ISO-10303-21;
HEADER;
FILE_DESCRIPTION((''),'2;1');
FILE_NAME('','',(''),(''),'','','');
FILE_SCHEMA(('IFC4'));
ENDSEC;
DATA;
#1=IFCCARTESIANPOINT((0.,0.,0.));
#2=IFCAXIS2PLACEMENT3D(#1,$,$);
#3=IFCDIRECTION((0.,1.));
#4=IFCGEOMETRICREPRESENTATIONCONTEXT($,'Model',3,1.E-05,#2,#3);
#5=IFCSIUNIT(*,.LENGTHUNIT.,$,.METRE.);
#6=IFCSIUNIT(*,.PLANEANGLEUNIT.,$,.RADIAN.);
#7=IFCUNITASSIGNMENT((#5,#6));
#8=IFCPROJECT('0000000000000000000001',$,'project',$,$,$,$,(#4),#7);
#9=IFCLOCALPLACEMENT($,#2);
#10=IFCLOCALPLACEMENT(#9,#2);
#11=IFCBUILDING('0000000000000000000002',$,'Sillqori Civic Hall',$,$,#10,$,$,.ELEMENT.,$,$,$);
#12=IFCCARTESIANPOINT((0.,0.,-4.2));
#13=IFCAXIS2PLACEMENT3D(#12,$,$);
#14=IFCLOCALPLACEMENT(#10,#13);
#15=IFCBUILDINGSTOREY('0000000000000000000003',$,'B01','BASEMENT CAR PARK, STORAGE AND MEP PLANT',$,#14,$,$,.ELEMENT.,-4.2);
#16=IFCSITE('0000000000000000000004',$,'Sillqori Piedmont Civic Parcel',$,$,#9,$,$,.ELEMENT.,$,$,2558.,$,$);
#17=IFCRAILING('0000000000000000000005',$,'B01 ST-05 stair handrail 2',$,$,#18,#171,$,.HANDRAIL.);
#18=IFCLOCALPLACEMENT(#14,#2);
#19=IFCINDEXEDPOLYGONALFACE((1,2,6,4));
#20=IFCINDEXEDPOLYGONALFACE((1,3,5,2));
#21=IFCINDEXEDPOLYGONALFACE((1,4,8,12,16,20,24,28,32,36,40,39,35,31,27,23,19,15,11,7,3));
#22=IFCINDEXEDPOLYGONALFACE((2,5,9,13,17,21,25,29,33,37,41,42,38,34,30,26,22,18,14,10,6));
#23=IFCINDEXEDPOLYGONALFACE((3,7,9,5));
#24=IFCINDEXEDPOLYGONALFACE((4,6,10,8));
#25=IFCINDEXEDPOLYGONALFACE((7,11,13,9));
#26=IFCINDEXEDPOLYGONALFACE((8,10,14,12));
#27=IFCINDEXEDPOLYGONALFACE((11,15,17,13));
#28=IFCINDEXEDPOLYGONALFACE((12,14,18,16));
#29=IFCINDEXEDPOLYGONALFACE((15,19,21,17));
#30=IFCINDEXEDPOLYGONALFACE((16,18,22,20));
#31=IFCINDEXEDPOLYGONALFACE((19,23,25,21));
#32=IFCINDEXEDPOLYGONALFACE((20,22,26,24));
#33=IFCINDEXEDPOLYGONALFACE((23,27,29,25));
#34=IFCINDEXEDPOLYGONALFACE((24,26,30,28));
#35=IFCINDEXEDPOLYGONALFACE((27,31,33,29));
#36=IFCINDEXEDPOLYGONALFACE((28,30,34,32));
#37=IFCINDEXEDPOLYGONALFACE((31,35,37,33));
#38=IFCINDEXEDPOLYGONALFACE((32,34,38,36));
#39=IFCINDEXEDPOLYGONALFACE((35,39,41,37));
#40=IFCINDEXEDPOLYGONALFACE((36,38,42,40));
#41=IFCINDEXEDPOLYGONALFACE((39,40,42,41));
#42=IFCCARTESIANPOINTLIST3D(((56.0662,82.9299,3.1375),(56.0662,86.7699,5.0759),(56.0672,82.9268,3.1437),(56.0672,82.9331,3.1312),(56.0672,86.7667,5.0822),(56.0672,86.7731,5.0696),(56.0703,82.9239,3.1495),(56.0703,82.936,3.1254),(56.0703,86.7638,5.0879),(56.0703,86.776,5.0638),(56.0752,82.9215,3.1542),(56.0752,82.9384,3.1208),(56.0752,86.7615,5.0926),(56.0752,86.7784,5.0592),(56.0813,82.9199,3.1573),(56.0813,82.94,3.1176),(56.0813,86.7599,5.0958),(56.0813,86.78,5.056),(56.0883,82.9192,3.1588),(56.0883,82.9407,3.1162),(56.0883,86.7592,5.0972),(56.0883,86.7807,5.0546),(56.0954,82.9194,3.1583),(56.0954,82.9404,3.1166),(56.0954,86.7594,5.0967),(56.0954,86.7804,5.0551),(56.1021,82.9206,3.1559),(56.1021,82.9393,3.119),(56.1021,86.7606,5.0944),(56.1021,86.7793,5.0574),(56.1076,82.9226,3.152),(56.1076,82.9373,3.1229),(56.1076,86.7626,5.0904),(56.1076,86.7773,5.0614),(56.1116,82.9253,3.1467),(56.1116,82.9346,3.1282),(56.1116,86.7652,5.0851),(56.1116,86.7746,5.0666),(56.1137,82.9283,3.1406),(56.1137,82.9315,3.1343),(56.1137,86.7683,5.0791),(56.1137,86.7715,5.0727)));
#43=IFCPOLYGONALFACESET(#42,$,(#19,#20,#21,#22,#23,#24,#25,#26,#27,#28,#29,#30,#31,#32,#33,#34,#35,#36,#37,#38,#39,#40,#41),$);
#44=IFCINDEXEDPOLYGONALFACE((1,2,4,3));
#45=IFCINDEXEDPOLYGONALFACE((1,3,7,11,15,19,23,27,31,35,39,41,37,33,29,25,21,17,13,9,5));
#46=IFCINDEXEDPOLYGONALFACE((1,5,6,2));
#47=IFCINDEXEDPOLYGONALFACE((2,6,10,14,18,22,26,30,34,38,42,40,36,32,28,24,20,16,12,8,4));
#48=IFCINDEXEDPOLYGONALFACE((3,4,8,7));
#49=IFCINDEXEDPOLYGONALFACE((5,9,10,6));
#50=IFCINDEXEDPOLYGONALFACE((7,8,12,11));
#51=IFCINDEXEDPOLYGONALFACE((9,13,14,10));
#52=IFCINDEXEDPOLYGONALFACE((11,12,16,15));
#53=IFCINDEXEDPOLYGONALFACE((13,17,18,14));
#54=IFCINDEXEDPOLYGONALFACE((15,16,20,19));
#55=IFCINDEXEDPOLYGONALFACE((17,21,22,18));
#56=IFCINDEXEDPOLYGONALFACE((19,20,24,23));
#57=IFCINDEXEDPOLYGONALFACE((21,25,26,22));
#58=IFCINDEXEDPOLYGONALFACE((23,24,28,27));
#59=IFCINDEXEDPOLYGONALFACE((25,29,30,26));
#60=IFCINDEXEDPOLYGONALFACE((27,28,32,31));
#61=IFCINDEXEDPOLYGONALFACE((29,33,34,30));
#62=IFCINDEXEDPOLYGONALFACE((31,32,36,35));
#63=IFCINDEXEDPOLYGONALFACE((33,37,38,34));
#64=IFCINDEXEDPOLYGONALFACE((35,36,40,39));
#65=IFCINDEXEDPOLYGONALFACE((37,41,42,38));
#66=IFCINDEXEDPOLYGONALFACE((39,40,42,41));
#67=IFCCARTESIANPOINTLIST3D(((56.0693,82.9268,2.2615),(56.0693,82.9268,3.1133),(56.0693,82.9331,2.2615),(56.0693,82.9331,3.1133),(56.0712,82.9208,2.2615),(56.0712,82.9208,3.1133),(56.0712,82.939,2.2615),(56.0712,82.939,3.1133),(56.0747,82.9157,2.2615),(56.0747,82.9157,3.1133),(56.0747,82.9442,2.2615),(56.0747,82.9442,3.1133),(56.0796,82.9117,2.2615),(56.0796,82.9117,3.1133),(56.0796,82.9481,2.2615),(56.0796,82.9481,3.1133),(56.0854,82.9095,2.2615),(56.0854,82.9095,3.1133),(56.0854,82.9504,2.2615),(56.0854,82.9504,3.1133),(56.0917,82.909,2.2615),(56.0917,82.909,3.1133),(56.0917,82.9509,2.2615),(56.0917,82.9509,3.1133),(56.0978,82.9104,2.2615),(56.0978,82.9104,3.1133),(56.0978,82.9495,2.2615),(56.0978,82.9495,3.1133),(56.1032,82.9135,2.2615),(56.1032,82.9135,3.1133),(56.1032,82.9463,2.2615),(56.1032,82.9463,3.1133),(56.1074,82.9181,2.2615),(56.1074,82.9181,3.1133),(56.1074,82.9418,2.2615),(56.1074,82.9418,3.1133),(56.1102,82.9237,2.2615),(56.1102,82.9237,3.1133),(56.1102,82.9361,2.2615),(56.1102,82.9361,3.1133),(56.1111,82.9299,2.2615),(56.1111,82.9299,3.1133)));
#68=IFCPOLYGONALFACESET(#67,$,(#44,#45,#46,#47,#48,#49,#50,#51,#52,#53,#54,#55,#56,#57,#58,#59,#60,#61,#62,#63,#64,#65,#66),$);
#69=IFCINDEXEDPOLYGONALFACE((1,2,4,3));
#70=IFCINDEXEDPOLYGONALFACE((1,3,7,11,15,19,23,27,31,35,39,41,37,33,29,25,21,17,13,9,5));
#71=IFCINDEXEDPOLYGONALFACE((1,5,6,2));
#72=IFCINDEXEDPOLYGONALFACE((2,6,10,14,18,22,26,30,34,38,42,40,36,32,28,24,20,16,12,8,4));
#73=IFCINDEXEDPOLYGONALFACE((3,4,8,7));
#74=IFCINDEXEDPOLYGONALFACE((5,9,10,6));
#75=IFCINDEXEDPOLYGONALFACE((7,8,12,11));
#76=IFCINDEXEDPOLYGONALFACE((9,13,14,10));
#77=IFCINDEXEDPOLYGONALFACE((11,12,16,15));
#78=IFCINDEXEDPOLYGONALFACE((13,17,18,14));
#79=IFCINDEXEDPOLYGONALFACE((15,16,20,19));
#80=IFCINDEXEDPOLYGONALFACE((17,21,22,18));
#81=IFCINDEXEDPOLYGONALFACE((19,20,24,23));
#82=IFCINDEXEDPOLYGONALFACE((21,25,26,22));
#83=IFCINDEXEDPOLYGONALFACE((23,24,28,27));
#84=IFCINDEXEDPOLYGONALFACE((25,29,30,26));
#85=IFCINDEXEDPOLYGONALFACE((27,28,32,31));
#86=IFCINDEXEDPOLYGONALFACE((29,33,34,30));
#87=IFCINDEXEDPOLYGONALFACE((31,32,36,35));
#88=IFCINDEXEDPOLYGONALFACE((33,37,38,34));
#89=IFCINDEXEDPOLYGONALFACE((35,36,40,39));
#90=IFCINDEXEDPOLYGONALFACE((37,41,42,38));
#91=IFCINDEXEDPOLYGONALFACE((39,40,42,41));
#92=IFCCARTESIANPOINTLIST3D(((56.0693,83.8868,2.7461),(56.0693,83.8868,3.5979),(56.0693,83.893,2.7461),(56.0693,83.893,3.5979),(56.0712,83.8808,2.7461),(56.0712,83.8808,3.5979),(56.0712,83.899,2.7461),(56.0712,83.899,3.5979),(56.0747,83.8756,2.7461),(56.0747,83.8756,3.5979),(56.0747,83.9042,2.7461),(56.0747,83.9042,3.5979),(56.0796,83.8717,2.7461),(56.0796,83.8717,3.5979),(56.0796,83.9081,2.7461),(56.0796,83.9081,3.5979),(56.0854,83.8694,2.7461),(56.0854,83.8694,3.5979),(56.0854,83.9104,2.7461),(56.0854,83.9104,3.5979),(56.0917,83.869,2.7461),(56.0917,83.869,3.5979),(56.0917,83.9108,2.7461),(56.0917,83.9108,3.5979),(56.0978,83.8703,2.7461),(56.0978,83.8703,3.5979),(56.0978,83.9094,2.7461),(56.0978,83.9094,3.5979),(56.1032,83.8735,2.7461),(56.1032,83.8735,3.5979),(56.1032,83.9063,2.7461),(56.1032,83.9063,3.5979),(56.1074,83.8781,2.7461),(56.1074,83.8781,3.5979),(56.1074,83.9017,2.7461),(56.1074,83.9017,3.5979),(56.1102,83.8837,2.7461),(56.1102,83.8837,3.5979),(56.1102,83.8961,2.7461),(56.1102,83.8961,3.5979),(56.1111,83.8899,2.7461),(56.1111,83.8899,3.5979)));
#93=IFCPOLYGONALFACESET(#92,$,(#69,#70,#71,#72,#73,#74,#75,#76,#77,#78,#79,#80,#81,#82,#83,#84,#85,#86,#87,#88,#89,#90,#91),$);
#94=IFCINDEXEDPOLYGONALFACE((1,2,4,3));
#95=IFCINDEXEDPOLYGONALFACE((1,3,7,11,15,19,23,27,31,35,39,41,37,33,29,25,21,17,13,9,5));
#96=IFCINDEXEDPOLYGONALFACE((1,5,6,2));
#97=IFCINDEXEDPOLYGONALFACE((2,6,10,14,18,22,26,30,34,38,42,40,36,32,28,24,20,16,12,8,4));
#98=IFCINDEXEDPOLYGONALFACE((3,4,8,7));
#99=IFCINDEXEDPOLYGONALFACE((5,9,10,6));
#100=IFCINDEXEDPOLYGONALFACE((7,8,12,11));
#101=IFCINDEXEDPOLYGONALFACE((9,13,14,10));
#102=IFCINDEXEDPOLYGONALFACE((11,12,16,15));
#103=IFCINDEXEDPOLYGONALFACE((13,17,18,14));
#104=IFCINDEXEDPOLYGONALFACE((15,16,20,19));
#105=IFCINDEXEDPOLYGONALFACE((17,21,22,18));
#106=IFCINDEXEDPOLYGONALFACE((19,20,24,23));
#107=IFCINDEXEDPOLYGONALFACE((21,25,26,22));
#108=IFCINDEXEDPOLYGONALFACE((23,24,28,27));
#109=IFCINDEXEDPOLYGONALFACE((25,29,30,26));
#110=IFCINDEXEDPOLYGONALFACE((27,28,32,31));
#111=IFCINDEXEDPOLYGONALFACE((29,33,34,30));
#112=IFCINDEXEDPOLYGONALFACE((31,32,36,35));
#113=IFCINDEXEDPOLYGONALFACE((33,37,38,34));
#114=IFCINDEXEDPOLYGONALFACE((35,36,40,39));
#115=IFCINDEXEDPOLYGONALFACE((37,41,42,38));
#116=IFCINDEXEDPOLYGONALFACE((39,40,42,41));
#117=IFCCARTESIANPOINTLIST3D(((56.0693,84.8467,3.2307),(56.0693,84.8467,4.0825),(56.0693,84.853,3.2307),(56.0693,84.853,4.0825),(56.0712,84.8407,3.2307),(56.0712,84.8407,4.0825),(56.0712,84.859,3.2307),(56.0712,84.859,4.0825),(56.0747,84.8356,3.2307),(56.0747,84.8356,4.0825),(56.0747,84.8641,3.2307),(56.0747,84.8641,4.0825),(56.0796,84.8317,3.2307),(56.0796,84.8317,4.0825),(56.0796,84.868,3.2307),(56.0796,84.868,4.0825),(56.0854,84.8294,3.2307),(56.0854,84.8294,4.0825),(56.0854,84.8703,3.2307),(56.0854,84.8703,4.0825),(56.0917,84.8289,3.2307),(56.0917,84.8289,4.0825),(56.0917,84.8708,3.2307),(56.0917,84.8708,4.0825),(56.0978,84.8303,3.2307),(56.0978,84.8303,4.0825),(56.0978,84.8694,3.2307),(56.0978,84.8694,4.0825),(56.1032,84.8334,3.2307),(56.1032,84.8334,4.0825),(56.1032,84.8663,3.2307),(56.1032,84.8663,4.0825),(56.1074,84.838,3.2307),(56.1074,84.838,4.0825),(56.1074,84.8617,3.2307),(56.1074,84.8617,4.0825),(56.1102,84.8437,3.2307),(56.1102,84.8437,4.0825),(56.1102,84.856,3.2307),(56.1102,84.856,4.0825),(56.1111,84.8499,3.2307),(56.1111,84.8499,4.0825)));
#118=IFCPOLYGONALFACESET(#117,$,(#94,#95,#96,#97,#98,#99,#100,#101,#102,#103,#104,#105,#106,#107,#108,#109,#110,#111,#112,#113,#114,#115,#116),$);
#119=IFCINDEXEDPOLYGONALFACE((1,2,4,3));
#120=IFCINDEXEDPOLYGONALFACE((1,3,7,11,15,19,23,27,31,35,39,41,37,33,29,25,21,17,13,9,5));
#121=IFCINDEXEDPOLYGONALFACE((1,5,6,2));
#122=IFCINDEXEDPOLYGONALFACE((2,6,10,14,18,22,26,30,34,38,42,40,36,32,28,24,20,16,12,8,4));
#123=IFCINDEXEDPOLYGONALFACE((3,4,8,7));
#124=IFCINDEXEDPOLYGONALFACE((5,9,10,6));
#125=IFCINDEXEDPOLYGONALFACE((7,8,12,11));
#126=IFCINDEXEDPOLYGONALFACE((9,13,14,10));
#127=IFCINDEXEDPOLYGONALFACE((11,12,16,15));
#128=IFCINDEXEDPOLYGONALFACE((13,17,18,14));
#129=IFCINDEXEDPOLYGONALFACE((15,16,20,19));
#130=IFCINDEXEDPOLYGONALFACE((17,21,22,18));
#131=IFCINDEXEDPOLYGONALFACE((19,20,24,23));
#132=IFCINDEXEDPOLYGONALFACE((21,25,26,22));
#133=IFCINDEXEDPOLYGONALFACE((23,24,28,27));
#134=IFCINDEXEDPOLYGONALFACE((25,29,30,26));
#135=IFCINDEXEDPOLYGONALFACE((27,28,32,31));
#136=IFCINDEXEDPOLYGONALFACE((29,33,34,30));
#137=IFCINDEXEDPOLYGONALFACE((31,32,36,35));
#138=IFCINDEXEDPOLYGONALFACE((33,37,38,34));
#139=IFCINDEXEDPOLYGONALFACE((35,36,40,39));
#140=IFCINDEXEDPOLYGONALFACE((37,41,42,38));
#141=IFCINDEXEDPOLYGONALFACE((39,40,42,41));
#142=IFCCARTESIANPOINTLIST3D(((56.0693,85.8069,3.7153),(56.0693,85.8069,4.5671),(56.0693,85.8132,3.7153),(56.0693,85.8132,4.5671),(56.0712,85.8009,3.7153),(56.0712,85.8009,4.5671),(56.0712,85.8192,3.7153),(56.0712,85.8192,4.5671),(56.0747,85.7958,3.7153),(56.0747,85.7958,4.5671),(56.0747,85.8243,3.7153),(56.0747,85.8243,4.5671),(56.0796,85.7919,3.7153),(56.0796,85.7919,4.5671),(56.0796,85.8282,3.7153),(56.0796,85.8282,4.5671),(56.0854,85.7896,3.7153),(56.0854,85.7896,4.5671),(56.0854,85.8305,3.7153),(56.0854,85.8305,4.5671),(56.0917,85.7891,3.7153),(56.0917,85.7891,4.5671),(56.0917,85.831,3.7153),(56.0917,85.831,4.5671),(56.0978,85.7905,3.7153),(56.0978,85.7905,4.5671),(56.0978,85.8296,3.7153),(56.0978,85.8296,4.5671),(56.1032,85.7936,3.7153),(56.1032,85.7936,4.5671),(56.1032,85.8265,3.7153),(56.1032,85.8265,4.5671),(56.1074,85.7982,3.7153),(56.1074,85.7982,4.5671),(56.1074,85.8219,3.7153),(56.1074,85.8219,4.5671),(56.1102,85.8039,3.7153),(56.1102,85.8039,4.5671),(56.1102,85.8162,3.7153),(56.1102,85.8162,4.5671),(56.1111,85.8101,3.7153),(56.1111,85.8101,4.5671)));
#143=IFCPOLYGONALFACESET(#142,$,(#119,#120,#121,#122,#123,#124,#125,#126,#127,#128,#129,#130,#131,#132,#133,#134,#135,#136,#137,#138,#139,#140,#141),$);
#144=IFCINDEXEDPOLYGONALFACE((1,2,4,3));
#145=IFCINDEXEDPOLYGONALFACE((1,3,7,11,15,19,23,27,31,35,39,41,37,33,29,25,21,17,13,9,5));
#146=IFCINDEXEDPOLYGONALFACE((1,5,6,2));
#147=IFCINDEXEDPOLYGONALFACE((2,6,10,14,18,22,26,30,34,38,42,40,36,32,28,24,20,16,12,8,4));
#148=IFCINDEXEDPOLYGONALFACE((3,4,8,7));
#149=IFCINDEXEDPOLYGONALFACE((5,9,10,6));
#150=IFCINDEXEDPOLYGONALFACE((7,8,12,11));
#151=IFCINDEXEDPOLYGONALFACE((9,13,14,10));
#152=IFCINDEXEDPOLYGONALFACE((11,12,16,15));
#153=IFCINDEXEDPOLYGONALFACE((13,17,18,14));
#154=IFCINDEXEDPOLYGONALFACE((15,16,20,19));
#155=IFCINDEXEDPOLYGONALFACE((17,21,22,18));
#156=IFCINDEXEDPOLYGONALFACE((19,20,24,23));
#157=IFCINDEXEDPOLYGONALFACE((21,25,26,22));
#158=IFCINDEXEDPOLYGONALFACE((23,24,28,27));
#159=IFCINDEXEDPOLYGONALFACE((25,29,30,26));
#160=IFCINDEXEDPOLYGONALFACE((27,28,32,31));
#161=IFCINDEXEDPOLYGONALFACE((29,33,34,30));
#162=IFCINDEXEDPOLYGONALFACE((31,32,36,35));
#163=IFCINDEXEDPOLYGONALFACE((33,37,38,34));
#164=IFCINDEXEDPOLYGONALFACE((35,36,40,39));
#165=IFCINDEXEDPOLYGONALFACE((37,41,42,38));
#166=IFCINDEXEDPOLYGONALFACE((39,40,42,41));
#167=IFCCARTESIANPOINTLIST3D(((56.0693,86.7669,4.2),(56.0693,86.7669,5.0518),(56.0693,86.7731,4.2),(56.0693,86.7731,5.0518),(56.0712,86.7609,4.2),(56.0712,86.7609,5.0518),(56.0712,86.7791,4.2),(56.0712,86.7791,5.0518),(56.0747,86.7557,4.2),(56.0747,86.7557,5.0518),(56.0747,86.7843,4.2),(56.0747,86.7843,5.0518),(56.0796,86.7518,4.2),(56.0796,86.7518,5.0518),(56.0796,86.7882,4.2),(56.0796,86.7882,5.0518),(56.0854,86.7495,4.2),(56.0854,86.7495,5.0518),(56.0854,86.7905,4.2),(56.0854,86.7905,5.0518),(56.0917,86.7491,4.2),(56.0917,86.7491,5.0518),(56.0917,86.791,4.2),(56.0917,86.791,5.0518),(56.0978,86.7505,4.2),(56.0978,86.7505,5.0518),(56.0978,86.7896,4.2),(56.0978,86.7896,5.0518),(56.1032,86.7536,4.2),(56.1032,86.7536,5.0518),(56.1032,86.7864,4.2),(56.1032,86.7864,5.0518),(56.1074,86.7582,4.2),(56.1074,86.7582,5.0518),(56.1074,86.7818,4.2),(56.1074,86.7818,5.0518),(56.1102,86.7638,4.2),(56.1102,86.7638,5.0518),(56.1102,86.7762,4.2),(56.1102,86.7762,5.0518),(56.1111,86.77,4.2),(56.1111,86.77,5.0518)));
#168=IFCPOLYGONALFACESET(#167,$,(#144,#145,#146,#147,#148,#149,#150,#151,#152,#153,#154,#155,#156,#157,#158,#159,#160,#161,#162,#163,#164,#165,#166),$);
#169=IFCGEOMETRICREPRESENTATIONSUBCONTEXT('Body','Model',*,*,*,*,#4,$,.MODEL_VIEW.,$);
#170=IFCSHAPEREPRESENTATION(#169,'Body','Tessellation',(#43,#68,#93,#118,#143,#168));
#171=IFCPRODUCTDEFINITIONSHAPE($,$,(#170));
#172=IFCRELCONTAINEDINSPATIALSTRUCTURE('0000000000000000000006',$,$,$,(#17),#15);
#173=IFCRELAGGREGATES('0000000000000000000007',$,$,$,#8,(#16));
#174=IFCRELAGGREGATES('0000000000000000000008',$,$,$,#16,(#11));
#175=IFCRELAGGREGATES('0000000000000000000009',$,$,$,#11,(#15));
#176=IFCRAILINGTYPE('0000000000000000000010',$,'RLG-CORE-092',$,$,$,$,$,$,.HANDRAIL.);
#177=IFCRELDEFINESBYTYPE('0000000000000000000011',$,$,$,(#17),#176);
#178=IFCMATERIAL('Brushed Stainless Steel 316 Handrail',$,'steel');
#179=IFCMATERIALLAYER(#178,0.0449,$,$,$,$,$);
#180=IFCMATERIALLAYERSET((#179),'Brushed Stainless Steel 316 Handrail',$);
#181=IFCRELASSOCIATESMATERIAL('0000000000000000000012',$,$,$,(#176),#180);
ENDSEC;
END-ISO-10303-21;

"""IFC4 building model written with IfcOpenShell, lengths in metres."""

from ifc_helpers import new_model, si_unit, direction, frame, origin, origin_2d, place, context, subcontext, project, spatial, circle, extrude, material, layer, layer_set, type_object, element, save


model = new_model("IFC4")

# Units and contexts
model_context = context("Model", 3, precision=1e-05, world=origin(), true_north=direction((0.0, 1.0)))
body_context = subcontext(model_context, "Body", "Model", "MODEL_VIEW")
ifc_project = project(units=[si_unit("LENGTHUNIT", "METRE"), si_unit("PLANEANGLEUNIT", "RADIAN")], contexts=[model_context])

# Site, building, storey
site_placement = place(None, origin())
site = spatial("IfcSite", under=ifc_project, at=site_placement, Name="Sillqori Piedmont Civic Parcel", CompositionType="ELEMENT", RefElevation=2558.0)
building_placement = place(site_placement, origin())
building = spatial("IfcBuilding", under=site, at=building_placement, Name="Sillqori Civic Hall", CompositionType="ELEMENT")
storey_placement = place(building_placement, frame((0.0, 0.0, -4.2)))
storey = spatial("IfcBuildingStorey", under=building, at=storey_placement, Name="B01", Description="BASEMENT CAR PARK, STORAGE AND MEP PLANT", CompositionType="ELEMENT", Elevation=-4.2)

# Railing
ifc_material_1 = material(Name="Brushed Stainless Steel 316 Handrail", Category="steel")
ifc_layer_1 = layer(ifc_material_1, 0.0449)
ifc_layer_set_1 = layer_set([ifc_layer_1], Name="Brushed Stainless Steel 316 Handrail")
railing_type_1 = type_object("IfcRailingType", Name="RLG-CORE-092", PredefinedType="HANDRAIL", material=ifc_layer_set_1)
railing_1_placement = place(storey_placement, frame((56.0901, 82.9299, 2.2615)))
element("IfcRailing", 1, at=railing_1_placement, inside=storey, type_object=railing_type_1, Name="B01 ST-05 stair handrail 2", PredefinedType="HANDRAIL", context=body_context, shape_type="SweptSolid", body=[
    extrude(circle(Radius=0.0239, at=origin_2d()), frame((0.0, 0.0, 0.876), z_axis=(0.0, 0.892707, 0.450638), x_axis=(-1.0, 0.0, 0.0)), (0.0, 0.0, 1.0), 4.3015),
    extrude(circle(Radius=0.021, at=origin_2d()), origin(), (0.0, 0.0, 1.0), 0.8518),
    extrude(circle(Radius=0.021, at=origin_2d()), frame((0.0, 0.96, 0.4846)), (0.0, 0.0, 1.0), 0.8518),
    extrude(circle(Radius=0.021, at=origin_2d()), frame((0.0, 1.9199, 0.9692)), (0.0, 0.0, 1.0), 0.8518),
    extrude(circle(Radius=0.021, at=origin_2d()), frame((0.0, 2.8801, 1.4539)), (0.0, 0.0, 1.0), 0.8518),
    extrude(circle(Radius=0.021, at=origin_2d()), frame((0.0, 3.8401, 1.9385)), (0.0, 0.0, 1.0), 0.8518),
])

save(model, "model.ifc")
